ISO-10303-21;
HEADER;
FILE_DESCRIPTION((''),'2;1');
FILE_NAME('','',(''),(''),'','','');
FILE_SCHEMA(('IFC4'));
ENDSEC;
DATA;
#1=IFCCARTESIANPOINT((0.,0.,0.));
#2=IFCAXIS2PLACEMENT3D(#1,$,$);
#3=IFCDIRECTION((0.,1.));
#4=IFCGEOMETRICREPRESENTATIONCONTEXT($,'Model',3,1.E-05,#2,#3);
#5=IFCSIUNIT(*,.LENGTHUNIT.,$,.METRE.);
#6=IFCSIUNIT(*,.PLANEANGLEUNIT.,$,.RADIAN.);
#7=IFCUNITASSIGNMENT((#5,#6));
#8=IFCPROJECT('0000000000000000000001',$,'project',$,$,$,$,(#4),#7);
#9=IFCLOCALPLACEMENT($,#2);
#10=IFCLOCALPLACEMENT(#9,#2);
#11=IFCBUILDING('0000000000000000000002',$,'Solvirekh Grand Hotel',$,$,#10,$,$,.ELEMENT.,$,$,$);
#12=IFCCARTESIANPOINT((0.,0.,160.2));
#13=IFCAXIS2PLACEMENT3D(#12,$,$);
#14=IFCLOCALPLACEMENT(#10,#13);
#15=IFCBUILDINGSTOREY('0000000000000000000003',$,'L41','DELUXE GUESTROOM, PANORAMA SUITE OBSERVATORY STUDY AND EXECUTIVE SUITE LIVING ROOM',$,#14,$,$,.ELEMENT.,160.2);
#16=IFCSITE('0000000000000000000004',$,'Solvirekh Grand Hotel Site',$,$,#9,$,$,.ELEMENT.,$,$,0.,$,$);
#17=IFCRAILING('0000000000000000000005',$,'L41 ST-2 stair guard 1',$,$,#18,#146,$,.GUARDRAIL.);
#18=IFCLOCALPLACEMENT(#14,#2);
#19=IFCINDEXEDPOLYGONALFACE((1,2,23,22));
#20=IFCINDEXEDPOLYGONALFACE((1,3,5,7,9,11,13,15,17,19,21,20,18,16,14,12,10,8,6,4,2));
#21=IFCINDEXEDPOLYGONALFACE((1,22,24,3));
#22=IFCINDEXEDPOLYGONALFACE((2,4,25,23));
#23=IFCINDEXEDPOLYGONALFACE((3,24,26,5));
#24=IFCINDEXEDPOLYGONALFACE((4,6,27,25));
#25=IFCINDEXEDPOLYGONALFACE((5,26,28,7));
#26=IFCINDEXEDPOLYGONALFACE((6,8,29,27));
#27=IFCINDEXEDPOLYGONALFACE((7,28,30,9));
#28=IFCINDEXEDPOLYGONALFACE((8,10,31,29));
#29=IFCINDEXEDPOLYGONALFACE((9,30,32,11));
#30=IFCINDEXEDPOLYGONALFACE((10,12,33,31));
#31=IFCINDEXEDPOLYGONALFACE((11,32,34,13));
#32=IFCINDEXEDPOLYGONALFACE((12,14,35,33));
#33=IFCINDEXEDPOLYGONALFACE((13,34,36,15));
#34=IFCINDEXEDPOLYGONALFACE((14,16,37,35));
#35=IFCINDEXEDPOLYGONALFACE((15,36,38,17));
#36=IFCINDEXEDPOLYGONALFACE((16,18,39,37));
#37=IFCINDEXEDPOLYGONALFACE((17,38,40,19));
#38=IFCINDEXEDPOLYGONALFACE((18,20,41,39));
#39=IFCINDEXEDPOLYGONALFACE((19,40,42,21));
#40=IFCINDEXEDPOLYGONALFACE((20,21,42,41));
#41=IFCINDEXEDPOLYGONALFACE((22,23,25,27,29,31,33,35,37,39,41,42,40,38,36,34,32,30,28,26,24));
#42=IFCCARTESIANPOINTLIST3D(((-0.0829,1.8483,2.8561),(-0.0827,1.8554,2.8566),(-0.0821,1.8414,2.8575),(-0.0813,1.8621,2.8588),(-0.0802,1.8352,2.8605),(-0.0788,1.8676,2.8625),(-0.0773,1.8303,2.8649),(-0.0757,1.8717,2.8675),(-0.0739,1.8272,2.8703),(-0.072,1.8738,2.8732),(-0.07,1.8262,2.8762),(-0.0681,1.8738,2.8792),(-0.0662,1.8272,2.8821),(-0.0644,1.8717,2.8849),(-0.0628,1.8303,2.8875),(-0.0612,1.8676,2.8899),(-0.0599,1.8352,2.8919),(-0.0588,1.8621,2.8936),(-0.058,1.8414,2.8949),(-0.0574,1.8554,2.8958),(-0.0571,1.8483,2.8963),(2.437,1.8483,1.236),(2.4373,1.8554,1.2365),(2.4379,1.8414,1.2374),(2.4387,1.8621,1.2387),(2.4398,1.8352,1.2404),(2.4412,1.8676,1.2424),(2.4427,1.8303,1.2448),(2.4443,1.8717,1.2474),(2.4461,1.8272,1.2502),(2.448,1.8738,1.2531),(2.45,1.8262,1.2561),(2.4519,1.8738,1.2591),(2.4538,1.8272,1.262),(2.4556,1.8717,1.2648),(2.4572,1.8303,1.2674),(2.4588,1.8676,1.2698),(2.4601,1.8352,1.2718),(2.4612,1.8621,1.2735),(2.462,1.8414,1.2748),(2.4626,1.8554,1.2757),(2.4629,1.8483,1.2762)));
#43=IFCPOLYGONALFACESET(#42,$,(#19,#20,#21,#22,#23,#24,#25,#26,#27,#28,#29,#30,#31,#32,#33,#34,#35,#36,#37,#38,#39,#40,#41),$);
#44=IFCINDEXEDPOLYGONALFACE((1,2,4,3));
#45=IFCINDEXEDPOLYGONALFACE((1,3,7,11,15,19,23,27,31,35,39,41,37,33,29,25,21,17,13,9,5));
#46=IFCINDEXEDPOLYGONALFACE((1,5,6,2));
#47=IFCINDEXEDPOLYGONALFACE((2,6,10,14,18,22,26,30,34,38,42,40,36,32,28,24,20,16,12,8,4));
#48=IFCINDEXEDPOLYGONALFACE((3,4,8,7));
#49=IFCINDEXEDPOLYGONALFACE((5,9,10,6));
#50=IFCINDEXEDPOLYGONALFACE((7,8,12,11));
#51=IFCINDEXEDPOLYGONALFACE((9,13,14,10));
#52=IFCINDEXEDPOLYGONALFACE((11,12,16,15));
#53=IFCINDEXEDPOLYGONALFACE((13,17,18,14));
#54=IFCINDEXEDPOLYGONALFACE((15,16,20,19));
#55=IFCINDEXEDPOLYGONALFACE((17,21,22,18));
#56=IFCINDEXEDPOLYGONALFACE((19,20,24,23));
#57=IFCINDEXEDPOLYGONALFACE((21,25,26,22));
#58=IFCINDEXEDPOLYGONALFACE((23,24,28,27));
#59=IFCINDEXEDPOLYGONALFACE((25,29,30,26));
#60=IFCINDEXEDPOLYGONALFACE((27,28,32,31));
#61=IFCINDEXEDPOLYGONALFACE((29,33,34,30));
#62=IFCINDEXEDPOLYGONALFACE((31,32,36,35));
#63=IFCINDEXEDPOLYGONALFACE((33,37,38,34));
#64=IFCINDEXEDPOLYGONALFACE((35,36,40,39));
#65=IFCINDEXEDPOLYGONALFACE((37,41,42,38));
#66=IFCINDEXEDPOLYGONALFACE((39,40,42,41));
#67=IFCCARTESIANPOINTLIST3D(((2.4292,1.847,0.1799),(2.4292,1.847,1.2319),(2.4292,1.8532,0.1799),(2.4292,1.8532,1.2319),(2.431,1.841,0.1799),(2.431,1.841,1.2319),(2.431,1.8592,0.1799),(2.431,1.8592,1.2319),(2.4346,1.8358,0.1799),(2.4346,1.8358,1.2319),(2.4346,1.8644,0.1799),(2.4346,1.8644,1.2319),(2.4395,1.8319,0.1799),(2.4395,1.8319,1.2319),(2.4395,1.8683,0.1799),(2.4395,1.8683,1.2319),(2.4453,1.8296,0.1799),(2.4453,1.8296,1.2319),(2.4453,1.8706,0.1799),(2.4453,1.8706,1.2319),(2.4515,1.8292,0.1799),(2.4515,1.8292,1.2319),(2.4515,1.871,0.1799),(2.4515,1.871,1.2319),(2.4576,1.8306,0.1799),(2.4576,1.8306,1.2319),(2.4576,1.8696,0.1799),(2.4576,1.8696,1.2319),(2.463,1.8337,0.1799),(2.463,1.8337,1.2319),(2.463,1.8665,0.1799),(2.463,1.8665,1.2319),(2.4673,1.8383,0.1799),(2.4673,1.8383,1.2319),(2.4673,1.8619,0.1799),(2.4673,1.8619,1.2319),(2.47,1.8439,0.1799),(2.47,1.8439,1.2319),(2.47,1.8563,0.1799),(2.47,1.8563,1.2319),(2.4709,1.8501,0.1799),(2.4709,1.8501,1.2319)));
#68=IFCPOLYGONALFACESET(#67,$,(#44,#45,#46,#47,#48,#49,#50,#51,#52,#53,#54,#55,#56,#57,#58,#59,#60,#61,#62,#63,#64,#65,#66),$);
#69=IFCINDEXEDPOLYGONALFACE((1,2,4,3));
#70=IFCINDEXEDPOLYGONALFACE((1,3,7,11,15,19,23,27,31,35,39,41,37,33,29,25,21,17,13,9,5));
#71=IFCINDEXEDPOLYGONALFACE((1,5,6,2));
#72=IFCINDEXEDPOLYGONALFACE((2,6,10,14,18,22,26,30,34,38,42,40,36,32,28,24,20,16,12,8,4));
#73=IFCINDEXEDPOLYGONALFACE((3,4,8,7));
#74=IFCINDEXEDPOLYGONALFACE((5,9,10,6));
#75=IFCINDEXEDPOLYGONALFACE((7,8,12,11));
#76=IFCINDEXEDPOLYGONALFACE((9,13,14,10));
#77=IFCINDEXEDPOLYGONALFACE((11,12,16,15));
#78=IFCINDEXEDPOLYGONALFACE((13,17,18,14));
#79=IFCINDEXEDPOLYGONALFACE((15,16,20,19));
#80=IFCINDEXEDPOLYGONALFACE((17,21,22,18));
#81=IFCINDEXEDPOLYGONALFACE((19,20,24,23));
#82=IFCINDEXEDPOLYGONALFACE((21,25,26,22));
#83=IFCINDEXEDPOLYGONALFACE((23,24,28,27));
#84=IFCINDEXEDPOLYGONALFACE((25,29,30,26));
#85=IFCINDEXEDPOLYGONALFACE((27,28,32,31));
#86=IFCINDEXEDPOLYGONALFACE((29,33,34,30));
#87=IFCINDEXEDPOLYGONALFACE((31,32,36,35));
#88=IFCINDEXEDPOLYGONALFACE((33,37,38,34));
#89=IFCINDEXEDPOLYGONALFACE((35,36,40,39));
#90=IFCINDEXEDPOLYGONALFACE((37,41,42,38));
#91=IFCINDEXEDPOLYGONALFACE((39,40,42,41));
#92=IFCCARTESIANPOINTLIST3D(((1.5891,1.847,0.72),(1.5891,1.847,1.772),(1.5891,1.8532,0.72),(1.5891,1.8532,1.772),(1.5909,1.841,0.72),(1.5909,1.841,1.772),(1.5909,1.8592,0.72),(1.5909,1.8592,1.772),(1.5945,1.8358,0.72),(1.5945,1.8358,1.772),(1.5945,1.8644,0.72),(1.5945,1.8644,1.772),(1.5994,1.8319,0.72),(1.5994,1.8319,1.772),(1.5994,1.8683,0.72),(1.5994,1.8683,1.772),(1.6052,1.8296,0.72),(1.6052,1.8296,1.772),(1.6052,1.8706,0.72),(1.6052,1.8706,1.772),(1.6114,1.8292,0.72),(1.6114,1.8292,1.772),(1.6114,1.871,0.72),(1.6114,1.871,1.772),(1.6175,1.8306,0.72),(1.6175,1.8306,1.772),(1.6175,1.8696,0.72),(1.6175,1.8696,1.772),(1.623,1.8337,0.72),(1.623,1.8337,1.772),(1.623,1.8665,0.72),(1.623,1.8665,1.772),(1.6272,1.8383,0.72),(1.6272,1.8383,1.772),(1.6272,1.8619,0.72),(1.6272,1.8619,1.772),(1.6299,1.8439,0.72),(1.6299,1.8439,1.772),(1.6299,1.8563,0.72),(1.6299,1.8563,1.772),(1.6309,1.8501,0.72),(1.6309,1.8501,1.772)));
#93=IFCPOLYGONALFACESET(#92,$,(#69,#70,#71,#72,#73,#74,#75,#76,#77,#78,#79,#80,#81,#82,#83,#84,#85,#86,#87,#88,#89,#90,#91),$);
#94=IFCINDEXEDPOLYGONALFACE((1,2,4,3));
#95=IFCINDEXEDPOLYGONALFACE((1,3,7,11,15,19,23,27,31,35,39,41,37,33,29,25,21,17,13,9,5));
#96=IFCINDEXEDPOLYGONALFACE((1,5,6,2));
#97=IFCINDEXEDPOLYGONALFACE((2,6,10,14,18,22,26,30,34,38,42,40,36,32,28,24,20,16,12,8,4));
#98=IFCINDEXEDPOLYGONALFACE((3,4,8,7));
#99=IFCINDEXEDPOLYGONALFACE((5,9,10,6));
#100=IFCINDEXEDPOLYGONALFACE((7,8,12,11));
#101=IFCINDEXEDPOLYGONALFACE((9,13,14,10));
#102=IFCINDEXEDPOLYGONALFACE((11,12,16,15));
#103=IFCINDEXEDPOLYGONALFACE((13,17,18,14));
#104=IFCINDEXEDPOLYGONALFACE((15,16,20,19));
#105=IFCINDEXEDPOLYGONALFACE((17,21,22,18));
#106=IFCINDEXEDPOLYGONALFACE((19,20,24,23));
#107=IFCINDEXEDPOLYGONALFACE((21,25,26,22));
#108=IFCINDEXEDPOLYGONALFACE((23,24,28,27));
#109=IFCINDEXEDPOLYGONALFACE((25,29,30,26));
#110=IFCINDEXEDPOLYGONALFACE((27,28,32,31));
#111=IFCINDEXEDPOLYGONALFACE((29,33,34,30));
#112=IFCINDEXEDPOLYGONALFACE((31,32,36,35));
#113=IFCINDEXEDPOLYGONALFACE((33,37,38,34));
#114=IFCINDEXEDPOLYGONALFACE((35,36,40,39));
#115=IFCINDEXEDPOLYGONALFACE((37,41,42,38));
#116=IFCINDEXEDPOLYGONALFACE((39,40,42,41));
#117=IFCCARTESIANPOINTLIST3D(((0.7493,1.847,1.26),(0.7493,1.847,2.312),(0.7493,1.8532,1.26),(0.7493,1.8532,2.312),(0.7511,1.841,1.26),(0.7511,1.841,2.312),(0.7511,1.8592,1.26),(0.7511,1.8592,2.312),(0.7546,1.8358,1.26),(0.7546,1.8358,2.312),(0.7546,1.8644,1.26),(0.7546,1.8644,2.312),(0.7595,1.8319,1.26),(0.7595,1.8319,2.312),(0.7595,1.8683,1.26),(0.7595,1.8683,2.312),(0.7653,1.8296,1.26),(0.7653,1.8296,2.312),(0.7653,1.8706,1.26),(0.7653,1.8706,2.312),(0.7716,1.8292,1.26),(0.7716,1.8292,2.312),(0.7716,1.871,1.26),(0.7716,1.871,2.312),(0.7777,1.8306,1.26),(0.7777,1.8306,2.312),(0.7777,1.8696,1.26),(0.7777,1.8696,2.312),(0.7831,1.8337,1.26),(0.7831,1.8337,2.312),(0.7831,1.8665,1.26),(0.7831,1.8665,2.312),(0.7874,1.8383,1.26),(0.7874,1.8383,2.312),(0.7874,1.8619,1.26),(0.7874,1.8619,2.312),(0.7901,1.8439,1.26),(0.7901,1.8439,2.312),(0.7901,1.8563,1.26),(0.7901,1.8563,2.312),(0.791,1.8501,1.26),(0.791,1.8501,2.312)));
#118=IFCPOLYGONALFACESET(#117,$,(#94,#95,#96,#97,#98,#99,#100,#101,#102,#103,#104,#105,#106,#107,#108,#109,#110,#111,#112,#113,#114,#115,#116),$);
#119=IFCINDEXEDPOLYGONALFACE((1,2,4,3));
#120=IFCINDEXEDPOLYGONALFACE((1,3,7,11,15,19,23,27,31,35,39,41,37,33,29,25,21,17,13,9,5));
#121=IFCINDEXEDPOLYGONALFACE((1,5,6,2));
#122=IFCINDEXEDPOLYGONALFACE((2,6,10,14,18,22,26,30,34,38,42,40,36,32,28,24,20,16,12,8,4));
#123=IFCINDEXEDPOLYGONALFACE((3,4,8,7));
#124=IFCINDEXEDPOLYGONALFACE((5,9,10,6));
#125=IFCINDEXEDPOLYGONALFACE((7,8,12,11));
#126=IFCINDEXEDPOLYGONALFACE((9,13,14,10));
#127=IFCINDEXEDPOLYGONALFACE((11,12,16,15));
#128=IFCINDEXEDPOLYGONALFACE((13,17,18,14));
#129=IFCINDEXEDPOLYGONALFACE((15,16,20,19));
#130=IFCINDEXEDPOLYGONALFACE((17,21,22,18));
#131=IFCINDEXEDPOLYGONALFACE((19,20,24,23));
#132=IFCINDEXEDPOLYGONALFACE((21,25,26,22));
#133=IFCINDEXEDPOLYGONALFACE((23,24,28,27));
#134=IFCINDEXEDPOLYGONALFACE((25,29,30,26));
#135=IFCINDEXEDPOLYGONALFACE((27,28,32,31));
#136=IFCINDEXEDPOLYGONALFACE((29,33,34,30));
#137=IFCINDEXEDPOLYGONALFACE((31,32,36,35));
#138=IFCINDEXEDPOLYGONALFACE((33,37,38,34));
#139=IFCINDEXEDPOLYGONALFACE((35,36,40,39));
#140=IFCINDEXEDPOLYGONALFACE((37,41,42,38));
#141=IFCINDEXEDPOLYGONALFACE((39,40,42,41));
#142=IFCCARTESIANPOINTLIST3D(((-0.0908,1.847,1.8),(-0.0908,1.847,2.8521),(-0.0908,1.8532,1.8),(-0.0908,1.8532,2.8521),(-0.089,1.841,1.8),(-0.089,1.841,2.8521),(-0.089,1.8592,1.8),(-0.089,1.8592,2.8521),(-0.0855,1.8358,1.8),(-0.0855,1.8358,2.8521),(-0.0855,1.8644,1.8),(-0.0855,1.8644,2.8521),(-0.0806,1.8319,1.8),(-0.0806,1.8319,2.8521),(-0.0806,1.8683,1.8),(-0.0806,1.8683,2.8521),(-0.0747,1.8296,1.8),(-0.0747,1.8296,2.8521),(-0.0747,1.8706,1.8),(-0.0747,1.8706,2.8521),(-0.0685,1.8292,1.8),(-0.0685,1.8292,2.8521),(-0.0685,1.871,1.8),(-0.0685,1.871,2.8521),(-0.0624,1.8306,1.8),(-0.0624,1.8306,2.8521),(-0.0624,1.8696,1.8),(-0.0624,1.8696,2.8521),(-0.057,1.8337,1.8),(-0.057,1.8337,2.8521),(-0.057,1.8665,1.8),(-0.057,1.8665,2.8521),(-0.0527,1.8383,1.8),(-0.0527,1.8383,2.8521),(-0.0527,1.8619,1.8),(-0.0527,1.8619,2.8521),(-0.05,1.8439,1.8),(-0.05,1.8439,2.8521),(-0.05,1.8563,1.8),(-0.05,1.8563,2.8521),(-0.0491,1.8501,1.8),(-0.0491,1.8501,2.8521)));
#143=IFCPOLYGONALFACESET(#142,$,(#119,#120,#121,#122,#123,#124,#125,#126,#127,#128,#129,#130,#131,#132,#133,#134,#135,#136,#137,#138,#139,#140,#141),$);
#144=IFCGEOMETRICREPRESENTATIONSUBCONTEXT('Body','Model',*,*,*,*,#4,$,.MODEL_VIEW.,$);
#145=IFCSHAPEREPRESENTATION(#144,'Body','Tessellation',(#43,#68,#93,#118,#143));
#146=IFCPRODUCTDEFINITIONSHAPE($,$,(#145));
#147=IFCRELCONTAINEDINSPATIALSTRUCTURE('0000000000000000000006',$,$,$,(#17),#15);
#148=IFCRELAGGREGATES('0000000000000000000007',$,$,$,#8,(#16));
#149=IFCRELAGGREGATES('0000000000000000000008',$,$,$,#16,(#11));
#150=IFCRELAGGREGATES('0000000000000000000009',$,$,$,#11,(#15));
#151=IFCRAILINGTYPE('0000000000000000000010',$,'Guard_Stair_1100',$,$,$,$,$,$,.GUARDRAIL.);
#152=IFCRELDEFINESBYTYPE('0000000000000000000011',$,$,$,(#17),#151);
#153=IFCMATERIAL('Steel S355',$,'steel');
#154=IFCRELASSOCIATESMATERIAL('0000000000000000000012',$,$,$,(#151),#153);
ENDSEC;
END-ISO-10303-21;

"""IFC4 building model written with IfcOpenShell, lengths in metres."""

from ifc_helpers import new_model, si_unit, direction, frame, origin, origin_2d, place, context, subcontext, project, spatial, circle, extrude, material, type_object, element, save


model = new_model("IFC4")

# Units and contexts
model_context = context("Model", 3, precision=1e-05, world=origin(), true_north=direction((0.0, 1.0)))
body_context = subcontext(model_context, "Body", "Model", "MODEL_VIEW")
ifc_project = project(units=[si_unit("LENGTHUNIT", "METRE"), si_unit("PLANEANGLEUNIT", "RADIAN")], contexts=[model_context])

# Site, building, storey
site_placement = place(None, origin())
site = spatial("IfcSite", under=ifc_project, at=site_placement, Name="Solvirekh Grand Hotel Site", CompositionType="ELEMENT", RefElevation=0.0)
building_placement = place(site_placement, origin())
building = spatial("IfcBuilding", under=site, at=building_placement, Name="Solvirekh Grand Hotel", CompositionType="ELEMENT")
storey_placement = place(building_placement, frame((0.0, 0.0, 160.2)))
storey = spatial("IfcBuildingStorey", under=building, at=storey_placement, Name="L41", Description="DELUXE GUESTROOM, PANORAMA SUITE OBSERVATORY STUDY AND EXECUTIVE SUITE LIVING ROOM", CompositionType="ELEMENT", Elevation=160.2)

# Shared definitions
ifc_material_1 = material(Name="Steel S355", Category="steel")

# Railing
railing_type_1 = type_object("IfcRailingType", Name="Guard_Stair_1100", PredefinedType="GUARDRAIL", material=ifc_material_1)
railing_1_placement = place(storey_placement, frame((2.45, 1.8501, 0.1799)))
element("IfcRailing", 1, at=railing_1_placement, inside=storey, type_object=railing_type_1, Name="L41 ST-2 stair guard 1", PredefinedType="GUARDRAIL", context=body_context, shape_type="SweptSolid", body=[
    extrude(circle(Radius=0.0239, at=origin_2d()), frame((0.0, 0.0, 1.0762), z_axis=(-0.841163, 0.0, 0.540782), x_axis=(0.0, -1.0, 0.0)), (0.0, 0.0, 1.0), 2.9958),
    extrude(circle(Radius=0.021, at=origin_2d()), origin(), (0.0, 0.0, 1.0), 1.052),
    extrude(circle(Radius=0.021, at=origin_2d()), frame((-0.8401, 0.0, 0.54)), (0.0, 0.0, 1.0), 1.052),
    extrude(circle(Radius=0.021, at=origin_2d()), frame((-1.6799, 0.0, 1.0801)), (0.0, 0.0, 1.0), 1.052),
    extrude(circle(Radius=0.021, at=origin_2d()), frame((-2.52, 0.0, 1.6201)), (0.0, 0.0, 1.0), 1.052),
])

save(model, "model.ifc")
